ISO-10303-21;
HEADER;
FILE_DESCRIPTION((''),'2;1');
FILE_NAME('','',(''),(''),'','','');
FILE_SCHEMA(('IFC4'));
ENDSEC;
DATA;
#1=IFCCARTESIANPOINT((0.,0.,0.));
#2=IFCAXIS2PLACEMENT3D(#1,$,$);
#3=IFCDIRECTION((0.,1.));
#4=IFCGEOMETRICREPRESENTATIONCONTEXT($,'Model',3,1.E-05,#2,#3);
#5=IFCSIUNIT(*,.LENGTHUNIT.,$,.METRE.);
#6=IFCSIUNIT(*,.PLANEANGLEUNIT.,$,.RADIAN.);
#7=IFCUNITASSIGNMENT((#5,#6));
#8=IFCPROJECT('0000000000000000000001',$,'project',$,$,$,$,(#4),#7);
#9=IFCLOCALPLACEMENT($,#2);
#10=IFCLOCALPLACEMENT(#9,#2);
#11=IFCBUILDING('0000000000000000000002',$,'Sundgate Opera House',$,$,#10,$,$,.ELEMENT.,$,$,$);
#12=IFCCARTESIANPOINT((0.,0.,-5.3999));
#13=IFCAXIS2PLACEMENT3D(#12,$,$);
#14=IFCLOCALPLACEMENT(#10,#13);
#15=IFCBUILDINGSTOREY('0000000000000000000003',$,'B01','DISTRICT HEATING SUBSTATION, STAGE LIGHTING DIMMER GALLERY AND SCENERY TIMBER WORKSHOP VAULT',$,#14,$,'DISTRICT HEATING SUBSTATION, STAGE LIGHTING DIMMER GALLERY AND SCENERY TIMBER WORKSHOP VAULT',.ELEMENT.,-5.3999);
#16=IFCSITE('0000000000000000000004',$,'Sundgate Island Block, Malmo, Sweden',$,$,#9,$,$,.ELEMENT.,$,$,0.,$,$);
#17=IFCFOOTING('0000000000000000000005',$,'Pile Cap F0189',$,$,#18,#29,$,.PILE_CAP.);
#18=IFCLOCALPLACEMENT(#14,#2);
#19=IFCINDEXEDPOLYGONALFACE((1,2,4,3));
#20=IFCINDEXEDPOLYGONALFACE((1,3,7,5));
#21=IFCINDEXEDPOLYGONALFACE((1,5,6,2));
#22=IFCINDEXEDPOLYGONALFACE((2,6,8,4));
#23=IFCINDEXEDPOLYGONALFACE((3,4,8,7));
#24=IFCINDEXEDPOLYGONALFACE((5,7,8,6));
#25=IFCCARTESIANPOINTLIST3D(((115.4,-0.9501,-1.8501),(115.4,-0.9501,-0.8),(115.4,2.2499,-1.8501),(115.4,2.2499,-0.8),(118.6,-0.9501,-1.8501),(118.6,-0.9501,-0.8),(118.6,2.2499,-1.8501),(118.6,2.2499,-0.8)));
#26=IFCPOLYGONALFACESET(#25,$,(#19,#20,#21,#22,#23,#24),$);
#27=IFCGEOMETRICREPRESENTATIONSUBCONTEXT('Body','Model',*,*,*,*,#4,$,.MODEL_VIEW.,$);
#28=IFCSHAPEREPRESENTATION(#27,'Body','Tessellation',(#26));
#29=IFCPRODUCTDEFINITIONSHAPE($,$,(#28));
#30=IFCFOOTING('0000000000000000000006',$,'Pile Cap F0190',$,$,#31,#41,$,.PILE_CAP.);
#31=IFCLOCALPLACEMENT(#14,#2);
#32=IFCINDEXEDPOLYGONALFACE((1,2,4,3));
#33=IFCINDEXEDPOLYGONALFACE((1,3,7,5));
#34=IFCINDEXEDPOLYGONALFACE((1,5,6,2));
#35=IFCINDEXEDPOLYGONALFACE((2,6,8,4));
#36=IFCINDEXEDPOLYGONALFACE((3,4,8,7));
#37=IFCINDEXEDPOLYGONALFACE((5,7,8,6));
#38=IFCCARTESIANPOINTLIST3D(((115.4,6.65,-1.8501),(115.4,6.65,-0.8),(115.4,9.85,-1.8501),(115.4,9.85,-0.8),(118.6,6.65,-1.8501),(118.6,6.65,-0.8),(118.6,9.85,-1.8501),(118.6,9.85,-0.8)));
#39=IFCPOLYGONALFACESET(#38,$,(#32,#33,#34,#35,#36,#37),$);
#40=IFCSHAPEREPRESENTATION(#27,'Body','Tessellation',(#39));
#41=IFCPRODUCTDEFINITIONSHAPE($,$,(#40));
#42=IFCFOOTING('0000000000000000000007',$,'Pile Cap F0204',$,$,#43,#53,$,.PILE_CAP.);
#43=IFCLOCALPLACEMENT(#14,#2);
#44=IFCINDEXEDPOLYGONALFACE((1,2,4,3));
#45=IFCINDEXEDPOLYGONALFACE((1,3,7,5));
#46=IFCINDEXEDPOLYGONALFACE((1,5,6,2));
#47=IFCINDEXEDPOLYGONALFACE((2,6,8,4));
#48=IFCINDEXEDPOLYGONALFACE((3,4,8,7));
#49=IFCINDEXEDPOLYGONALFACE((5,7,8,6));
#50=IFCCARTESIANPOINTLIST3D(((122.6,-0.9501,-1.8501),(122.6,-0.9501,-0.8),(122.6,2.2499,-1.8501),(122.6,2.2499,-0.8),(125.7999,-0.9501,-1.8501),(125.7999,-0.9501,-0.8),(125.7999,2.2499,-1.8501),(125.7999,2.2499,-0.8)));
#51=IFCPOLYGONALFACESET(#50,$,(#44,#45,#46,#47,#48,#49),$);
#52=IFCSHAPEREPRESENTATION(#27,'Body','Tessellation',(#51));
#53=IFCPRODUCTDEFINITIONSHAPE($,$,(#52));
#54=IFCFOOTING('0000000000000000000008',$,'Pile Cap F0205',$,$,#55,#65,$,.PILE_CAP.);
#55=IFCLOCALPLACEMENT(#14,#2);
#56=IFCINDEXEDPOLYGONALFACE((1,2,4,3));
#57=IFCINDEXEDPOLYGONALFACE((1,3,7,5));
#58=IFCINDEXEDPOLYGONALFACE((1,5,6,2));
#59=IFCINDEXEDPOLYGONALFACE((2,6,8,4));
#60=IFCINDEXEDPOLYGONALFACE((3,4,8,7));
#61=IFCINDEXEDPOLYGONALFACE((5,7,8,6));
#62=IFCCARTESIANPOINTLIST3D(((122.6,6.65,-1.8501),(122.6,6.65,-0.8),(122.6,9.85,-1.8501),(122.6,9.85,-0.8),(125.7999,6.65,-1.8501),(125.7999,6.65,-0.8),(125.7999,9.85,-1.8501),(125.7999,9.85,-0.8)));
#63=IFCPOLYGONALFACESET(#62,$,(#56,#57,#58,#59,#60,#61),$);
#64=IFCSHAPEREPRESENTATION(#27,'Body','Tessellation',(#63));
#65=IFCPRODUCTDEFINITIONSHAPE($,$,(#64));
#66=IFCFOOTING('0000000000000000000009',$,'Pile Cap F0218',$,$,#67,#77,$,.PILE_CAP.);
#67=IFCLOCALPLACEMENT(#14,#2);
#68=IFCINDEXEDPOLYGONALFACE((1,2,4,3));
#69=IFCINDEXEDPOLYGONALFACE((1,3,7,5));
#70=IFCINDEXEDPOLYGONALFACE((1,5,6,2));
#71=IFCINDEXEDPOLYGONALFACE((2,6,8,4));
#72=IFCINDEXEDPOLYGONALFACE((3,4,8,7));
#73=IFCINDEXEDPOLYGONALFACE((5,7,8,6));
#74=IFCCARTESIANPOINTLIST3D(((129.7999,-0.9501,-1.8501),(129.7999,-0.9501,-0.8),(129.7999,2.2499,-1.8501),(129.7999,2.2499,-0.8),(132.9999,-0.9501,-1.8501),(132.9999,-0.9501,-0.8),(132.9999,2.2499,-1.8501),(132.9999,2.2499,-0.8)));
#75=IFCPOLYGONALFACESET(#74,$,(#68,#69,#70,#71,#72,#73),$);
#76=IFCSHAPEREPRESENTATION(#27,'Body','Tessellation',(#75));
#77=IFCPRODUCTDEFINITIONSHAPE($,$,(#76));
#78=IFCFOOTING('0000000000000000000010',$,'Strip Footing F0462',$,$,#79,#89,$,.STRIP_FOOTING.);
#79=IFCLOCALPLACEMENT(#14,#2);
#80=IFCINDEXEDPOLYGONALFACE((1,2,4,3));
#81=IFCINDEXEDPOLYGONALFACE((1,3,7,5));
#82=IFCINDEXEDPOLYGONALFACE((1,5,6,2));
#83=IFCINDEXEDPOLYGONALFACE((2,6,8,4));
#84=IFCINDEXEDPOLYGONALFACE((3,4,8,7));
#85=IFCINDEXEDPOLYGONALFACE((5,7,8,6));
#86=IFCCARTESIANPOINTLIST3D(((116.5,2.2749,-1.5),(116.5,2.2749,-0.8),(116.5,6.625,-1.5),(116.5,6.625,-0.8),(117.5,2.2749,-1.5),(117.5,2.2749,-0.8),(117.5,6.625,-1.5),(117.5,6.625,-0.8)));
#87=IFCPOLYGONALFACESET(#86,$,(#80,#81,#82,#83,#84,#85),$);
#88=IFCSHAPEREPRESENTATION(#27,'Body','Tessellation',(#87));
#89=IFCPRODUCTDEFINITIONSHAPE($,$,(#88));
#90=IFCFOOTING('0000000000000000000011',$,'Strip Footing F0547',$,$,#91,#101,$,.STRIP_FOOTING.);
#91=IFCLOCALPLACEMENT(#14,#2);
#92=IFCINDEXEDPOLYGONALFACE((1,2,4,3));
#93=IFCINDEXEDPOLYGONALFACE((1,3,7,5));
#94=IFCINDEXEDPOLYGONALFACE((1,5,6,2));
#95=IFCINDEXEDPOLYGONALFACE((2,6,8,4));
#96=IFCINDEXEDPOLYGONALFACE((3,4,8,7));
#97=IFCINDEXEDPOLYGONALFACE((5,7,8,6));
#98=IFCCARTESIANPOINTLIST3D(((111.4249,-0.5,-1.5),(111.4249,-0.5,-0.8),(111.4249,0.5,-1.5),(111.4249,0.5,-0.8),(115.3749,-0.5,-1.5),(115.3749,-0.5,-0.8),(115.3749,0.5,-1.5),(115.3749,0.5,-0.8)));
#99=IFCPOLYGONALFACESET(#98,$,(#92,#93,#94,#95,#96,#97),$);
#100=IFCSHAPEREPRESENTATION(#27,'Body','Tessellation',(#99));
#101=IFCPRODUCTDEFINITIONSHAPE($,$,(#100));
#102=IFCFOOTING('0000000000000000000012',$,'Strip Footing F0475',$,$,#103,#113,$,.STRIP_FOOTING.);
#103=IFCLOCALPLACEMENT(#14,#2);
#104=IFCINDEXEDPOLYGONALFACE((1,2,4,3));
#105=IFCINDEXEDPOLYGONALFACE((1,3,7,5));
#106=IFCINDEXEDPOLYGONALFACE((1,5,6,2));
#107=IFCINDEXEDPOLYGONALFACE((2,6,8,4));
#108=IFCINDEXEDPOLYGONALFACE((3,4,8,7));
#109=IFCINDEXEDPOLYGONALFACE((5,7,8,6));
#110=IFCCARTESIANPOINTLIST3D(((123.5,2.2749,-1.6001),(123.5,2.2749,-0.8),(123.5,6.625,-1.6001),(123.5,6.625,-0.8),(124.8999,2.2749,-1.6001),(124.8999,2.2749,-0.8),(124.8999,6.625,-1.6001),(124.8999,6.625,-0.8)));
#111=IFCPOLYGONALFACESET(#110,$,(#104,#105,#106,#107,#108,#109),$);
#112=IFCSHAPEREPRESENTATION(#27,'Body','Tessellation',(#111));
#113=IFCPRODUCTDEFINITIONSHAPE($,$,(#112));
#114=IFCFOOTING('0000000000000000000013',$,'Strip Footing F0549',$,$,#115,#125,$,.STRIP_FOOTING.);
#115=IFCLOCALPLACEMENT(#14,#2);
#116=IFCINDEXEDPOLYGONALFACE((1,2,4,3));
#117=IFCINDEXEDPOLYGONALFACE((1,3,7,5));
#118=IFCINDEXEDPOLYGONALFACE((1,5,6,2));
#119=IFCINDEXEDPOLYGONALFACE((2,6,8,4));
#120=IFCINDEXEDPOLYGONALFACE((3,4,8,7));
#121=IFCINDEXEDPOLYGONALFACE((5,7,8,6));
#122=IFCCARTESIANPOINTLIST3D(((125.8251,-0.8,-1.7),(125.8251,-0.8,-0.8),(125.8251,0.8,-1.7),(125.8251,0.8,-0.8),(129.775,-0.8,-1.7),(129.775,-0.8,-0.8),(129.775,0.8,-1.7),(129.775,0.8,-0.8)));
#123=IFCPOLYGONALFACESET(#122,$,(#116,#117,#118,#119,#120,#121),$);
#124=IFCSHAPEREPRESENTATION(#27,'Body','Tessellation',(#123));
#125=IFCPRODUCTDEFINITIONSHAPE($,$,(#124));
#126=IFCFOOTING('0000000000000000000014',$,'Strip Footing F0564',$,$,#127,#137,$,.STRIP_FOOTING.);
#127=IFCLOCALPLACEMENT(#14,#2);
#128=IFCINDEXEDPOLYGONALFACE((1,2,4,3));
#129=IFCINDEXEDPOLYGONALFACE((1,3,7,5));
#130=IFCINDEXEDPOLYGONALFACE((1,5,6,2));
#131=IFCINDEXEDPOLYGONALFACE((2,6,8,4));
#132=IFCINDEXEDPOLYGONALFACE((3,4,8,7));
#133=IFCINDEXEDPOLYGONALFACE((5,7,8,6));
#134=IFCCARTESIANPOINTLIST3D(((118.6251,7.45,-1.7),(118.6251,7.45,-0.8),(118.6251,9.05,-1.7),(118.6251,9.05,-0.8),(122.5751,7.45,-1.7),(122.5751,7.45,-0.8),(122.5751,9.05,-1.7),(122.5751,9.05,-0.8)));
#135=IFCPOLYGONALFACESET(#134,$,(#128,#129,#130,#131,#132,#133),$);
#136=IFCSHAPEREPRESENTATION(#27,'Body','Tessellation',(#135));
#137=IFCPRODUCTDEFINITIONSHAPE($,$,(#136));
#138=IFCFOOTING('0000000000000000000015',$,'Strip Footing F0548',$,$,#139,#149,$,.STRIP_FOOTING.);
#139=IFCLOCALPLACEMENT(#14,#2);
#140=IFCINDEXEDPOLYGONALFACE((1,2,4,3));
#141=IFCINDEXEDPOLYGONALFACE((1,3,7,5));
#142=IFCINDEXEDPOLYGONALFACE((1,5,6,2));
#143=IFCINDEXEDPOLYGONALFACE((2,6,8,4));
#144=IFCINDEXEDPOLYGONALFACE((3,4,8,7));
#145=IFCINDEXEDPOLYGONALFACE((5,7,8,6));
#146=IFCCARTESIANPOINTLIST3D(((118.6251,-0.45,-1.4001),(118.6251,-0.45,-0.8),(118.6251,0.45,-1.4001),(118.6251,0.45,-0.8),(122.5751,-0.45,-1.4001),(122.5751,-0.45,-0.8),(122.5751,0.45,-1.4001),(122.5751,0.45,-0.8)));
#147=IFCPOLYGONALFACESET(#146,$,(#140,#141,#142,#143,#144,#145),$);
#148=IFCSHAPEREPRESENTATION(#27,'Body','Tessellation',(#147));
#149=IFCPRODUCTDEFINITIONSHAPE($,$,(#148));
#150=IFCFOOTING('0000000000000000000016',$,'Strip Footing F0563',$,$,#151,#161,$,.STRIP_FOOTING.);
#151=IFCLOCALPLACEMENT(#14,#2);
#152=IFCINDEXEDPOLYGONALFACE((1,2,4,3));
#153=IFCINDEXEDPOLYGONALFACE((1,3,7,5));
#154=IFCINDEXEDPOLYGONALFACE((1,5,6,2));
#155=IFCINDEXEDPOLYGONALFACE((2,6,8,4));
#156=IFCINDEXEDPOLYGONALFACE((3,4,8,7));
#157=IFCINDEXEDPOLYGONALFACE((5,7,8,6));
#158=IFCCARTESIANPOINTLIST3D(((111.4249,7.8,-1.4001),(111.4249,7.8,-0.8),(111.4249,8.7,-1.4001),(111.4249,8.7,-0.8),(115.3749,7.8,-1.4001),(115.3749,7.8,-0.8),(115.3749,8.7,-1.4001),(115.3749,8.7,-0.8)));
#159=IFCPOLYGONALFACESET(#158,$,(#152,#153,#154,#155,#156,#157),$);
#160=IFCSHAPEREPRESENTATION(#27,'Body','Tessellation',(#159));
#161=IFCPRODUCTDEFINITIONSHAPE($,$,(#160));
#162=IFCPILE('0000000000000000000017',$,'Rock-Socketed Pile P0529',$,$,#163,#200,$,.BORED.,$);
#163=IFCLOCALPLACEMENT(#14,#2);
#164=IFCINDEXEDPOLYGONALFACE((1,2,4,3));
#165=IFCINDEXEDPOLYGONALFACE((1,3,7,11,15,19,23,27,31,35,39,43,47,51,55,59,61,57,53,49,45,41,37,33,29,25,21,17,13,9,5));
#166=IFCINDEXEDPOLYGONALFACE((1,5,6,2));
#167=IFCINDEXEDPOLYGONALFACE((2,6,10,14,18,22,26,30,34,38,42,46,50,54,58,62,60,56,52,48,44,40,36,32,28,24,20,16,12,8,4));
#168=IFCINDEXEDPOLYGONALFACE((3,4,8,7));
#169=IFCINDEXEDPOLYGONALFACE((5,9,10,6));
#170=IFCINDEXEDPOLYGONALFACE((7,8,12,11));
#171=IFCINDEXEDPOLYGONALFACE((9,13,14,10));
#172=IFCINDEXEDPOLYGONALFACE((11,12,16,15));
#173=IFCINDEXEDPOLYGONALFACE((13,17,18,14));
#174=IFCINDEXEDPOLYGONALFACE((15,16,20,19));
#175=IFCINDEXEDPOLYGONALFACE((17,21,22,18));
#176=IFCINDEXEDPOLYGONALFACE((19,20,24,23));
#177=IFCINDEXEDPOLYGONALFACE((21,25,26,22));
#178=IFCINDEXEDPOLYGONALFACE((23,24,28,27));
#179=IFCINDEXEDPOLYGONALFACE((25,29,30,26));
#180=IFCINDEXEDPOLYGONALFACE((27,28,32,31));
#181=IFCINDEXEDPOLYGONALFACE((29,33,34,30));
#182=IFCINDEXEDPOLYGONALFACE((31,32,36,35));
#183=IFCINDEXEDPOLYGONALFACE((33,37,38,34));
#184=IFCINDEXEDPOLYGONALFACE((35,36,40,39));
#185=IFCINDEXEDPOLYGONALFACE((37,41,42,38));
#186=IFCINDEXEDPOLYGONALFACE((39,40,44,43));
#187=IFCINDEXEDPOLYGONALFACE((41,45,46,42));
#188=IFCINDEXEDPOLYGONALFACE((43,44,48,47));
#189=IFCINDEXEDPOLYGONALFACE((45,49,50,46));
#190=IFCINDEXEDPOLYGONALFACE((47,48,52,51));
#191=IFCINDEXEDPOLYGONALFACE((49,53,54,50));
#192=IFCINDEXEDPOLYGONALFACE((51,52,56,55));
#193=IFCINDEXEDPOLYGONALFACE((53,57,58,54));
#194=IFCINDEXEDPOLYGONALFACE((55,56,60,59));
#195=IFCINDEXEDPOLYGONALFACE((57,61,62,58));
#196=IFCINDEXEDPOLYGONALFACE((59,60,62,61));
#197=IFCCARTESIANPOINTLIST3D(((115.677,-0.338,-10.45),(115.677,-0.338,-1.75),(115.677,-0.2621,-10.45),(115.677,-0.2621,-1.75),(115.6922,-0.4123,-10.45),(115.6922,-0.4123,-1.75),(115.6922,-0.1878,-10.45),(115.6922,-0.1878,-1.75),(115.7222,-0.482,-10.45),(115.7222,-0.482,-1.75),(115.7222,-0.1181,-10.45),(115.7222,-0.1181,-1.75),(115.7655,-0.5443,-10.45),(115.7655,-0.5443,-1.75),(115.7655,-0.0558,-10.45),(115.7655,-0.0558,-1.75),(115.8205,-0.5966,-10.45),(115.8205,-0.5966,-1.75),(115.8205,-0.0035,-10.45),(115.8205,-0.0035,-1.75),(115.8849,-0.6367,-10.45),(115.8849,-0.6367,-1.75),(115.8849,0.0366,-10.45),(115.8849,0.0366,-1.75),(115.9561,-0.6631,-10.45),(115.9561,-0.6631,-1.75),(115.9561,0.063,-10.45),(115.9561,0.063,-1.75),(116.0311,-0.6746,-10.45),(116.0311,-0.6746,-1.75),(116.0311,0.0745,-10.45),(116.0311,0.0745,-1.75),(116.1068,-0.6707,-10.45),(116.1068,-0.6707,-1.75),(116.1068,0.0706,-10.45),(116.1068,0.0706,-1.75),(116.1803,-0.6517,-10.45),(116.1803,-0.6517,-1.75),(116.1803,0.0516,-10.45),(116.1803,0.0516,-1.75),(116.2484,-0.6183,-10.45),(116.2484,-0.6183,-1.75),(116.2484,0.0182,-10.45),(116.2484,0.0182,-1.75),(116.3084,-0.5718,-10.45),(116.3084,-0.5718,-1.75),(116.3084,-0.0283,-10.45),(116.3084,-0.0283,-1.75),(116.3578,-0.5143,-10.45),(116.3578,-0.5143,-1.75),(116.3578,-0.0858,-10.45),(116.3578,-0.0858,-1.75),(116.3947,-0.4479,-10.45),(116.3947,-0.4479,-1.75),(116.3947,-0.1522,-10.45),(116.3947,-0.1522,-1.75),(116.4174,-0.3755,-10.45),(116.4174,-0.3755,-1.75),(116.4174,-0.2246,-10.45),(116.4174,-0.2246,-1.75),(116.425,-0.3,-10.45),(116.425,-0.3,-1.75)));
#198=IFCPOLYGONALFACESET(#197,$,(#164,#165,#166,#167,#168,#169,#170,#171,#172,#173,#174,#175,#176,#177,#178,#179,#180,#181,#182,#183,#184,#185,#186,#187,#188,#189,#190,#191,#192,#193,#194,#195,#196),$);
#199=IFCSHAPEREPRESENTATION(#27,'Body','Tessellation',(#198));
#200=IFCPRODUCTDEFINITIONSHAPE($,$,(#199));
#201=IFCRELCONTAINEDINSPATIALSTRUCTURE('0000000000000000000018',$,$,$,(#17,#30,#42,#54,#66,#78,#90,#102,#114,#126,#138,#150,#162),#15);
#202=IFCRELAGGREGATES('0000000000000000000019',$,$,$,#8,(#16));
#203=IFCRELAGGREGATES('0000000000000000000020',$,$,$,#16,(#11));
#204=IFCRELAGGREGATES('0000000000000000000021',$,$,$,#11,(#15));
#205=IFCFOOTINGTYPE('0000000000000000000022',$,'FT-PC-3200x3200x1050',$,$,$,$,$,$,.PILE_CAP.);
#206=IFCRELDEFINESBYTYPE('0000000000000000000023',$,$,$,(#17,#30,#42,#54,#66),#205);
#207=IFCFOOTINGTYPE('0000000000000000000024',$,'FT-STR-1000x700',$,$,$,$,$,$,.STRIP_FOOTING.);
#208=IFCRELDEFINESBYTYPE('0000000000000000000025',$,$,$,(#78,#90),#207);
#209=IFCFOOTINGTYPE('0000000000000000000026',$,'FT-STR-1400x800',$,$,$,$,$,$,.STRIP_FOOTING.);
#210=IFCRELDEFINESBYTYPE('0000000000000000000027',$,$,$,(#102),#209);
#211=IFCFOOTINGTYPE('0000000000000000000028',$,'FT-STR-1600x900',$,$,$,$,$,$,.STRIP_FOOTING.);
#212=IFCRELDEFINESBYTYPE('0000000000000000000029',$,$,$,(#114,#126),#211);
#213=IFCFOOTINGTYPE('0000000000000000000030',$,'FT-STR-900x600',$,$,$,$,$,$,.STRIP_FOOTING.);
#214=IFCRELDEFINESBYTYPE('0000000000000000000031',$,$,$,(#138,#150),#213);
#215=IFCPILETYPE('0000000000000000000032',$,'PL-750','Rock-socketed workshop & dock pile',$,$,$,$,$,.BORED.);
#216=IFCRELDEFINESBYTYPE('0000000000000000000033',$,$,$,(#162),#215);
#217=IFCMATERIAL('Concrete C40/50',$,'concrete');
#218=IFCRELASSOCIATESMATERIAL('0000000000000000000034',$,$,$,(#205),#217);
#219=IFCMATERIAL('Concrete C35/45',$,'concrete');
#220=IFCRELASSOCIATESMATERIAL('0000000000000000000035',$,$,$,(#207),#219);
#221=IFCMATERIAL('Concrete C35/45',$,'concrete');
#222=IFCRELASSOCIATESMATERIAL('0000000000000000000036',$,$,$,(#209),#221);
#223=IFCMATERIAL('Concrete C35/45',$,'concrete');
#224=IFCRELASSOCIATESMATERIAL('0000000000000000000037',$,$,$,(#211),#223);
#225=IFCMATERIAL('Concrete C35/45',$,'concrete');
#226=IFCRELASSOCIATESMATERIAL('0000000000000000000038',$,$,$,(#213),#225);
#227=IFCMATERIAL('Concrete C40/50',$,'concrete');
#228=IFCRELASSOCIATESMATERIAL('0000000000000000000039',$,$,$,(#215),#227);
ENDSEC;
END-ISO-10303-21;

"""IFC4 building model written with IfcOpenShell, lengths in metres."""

from ifc_helpers import new_model, si_unit, direction, frame, origin, origin_2d, place, context, subcontext, project, spatial, rectangle, circle, extrude, material, material_profile, profile_set, type_object, element, save


model = new_model("IFC4")

# Units and contexts
model_context = context("Model", 3, precision=1e-05, world=origin(), true_north=direction((0.0, 1.0)))
body_context = subcontext(model_context, "Body", "Model", "MODEL_VIEW")
ifc_project = project(units=[si_unit("LENGTHUNIT", "METRE"), si_unit("PLANEANGLEUNIT", "RADIAN")], contexts=[model_context])

# Site, building, storey
site_placement = place(None, origin())
site = spatial("IfcSite", under=ifc_project, at=site_placement, Name="Sundgate Island Block, Malmo, Sweden", CompositionType="ELEMENT", RefElevation=0.0)
building_placement = place(site_placement, origin())
building = spatial("IfcBuilding", under=site, at=building_placement, Name="Sundgate Opera House", CompositionType="ELEMENT")
storey_placement = place(building_placement, frame((0.0, 0.0, -5.3999)))
storey = spatial("IfcBuildingStorey", under=building, at=storey_placement, Name="B01", Description="DISTRICT HEATING SUBSTATION, STAGE LIGHTING DIMMER GALLERY AND SCENERY TIMBER WORKSHOP VAULT", LongName="DISTRICT HEATING SUBSTATION, STAGE LIGHTING DIMMER GALLERY AND SCENERY TIMBER WORKSHOP VAULT", CompositionType="ELEMENT", Elevation=-5.3999)

# Footings
ifc_material_1 = material(Name="Concrete C40/50", Category="concrete")
footing_type_1 = type_object("IfcFootingType", Name="FT-PC-3200x3200x1050", PredefinedType="PILE_CAP", material=ifc_material_1)
for number, where, z_axis, x_axis, name in (
    (1, (117.0, 0.6499, -1.8501), (0.0, 0.0, 1.0), (1.0, 0.0, 0.0), "Pile Cap F0189"),
    (2, (117.0, 8.25, -1.8501), (0.0, 0.0, 1.0), (1.0, 0.0, 0.0), "Pile Cap F0190"),
    (3, (124.2, 0.6499, -1.8501), (0.0, 0.0, 1.0), (1.0, 0.0, 0.0), "Pile Cap F0204"),
    (4, (124.2, 8.25, -1.8501), (0.0, 0.0, 1.0), (1.0, 0.0, 0.0), "Pile Cap F0205"),
    (5, (131.3999, 0.6499, -1.8501), (0.0, 0.0, 1.0), (1.0, 0.0, 0.0), "Pile Cap F0218"),
):
    element("IfcFooting", number, at=place(storey_placement, frame(where, z_axis=z_axis, x_axis=x_axis)), inside=storey, type_object=footing_type_1, Name=name, PredefinedType="PILE_CAP", context=body_context, shape_type="SweptSolid", body=[
        extrude(rectangle(XDim=3.2, YDim=3.2, at=origin_2d()), origin(), (0.0, 0.0, 1.0), 1.05),
    ])
ifc_material_2 = material(Name="Concrete C35/45", Category="concrete")
footing_type_2 = type_object("IfcFootingType", Name="FT-STR-1000x700", PredefinedType="STRIP_FOOTING", material=ifc_material_2)
footing_1_placement = place(storey_placement, frame((117.0, 4.45, -1.5), z_axis=(0.0, 0.0, 1.0), x_axis=(1.0, 0.0, 0.0)))
element("IfcFooting", 6, at=footing_1_placement, inside=storey, type_object=footing_type_2, Name="Strip Footing F0462", PredefinedType="STRIP_FOOTING", context=body_context, shape_type="SweptSolid", body=[
    extrude(rectangle(XDim=1.0, YDim=4.3501, at=origin_2d()), origin(), (0.0, 0.0, 1.0), 0.7),
])
footing_2_placement = place(storey_placement, frame((113.3999, 0.0, -1.5), z_axis=(0.0, 0.0, 1.0), x_axis=(1.0, 0.0, 0.0)))
element("IfcFooting", 7, at=footing_2_placement, inside=storey, type_object=footing_type_2, Name="Strip Footing F0547", PredefinedType="STRIP_FOOTING", context=body_context, shape_type="SweptSolid", body=[
    extrude(rectangle(XDim=3.95, YDim=1.0, at=origin_2d()), origin(), (0.0, 0.0, 1.0), 0.7),
])
ifc_material_3 = material(Name="Concrete C35/45", Category="concrete")
footing_type_3 = type_object("IfcFootingType", Name="FT-STR-1400x800", PredefinedType="STRIP_FOOTING", material=ifc_material_3)
footing_3_placement = place(storey_placement, frame((124.2, 4.45, -1.6001), z_axis=(0.0, 0.0, 1.0), x_axis=(1.0, 0.0, 0.0)))
element("IfcFooting", 8, at=footing_3_placement, inside=storey, type_object=footing_type_3, Name="Strip Footing F0475", PredefinedType="STRIP_FOOTING", context=body_context, shape_type="SweptSolid", body=[
    extrude(rectangle(XDim=1.3999, YDim=4.3501, at=origin_2d()), origin(), (0.0, 0.0, 1.0), 0.8),
])
ifc_material_4 = material(Name="Concrete C35/45", Category="concrete")
footing_type_4 = type_object("IfcFootingType", Name="FT-STR-1600x900", PredefinedType="STRIP_FOOTING", material=ifc_material_4)
for number, where, z_axis, x_axis, name in (
    (9, (127.8, 0.0, -1.7), (0.0, 0.0, 1.0), (1.0, 0.0, 0.0), "Strip Footing F0549"),
    (10, (120.6001, 8.25, -1.7), (0.0, 0.0, 1.0), (1.0, 0.0, 0.0), "Strip Footing F0564"),
):
    element("IfcFooting", number, at=place(storey_placement, frame(where, z_axis=z_axis, x_axis=x_axis)), inside=storey, type_object=footing_type_4, Name=name, PredefinedType="STRIP_FOOTING", context=body_context, shape_type="SweptSolid", body=[
        extrude(rectangle(XDim=3.95, YDim=1.6001, at=origin_2d()), origin(), (0.0, 0.0, 1.0), 0.8999),
    ])
ifc_material_5 = material(Name="Concrete C35/45", Category="concrete")
footing_type_5 = type_object("IfcFootingType", Name="FT-STR-900x600", PredefinedType="STRIP_FOOTING", material=ifc_material_5)
for number, where, z_axis, x_axis, name in (
    (11, (120.6001, 0.0, -1.4001), (0.0, 0.0, 1.0), (1.0, 0.0, 0.0), "Strip Footing F0548"),
    (12, (113.3999, 8.25, -1.4001), (0.0, 0.0, 1.0), (1.0, 0.0, 0.0), "Strip Footing F0563"),
):
    element("IfcFooting", number, at=place(storey_placement, frame(where, z_axis=z_axis, x_axis=x_axis)), inside=storey, type_object=footing_type_5, Name=name, PredefinedType="STRIP_FOOTING", context=body_context, shape_type="SweptSolid", body=[
        extrude(rectangle(XDim=3.95, YDim=0.8999, at=origin_2d()), origin(), (0.0, 0.0, 1.0), 0.6001),
    ])

# Pile
ifc_material_6 = material(Name="Concrete C40/50", Category="concrete")
ifc_material_profile_1 = material_profile(ifc_material_6, circle(Radius=0.375, at=origin_2d()), Name="PILE D750")
ifc_profile_set_1 = profile_set([ifc_material_profile_1], Name="Concrete C40/50")
pile_type = type_object("IfcPileType", Name="PL-750", Description="Rock-socketed workshop & dock pile", PredefinedType="BORED", material=ifc_profile_set_1)
for number, where, z_axis, x_axis, name in (
    (13, (116.05, -0.3, -1.75), (0.0, 0.0, -1.0), (1.0, 0.0, 0.0), "Rock-Socketed Pile P0529"),
):
    element("IfcPile", number, at=place(storey_placement, frame(where, z_axis=z_axis, x_axis=x_axis)), inside=storey, type_object=pile_type, Name=name, PredefinedType="BORED", context=body_context, shape_type="SweptSolid", body=[
        extrude(circle(Radius=0.375, at=origin_2d()), origin(), (0.0, 0.0, 1.0), 8.7),
    ])

save(model, "model.ifc")
